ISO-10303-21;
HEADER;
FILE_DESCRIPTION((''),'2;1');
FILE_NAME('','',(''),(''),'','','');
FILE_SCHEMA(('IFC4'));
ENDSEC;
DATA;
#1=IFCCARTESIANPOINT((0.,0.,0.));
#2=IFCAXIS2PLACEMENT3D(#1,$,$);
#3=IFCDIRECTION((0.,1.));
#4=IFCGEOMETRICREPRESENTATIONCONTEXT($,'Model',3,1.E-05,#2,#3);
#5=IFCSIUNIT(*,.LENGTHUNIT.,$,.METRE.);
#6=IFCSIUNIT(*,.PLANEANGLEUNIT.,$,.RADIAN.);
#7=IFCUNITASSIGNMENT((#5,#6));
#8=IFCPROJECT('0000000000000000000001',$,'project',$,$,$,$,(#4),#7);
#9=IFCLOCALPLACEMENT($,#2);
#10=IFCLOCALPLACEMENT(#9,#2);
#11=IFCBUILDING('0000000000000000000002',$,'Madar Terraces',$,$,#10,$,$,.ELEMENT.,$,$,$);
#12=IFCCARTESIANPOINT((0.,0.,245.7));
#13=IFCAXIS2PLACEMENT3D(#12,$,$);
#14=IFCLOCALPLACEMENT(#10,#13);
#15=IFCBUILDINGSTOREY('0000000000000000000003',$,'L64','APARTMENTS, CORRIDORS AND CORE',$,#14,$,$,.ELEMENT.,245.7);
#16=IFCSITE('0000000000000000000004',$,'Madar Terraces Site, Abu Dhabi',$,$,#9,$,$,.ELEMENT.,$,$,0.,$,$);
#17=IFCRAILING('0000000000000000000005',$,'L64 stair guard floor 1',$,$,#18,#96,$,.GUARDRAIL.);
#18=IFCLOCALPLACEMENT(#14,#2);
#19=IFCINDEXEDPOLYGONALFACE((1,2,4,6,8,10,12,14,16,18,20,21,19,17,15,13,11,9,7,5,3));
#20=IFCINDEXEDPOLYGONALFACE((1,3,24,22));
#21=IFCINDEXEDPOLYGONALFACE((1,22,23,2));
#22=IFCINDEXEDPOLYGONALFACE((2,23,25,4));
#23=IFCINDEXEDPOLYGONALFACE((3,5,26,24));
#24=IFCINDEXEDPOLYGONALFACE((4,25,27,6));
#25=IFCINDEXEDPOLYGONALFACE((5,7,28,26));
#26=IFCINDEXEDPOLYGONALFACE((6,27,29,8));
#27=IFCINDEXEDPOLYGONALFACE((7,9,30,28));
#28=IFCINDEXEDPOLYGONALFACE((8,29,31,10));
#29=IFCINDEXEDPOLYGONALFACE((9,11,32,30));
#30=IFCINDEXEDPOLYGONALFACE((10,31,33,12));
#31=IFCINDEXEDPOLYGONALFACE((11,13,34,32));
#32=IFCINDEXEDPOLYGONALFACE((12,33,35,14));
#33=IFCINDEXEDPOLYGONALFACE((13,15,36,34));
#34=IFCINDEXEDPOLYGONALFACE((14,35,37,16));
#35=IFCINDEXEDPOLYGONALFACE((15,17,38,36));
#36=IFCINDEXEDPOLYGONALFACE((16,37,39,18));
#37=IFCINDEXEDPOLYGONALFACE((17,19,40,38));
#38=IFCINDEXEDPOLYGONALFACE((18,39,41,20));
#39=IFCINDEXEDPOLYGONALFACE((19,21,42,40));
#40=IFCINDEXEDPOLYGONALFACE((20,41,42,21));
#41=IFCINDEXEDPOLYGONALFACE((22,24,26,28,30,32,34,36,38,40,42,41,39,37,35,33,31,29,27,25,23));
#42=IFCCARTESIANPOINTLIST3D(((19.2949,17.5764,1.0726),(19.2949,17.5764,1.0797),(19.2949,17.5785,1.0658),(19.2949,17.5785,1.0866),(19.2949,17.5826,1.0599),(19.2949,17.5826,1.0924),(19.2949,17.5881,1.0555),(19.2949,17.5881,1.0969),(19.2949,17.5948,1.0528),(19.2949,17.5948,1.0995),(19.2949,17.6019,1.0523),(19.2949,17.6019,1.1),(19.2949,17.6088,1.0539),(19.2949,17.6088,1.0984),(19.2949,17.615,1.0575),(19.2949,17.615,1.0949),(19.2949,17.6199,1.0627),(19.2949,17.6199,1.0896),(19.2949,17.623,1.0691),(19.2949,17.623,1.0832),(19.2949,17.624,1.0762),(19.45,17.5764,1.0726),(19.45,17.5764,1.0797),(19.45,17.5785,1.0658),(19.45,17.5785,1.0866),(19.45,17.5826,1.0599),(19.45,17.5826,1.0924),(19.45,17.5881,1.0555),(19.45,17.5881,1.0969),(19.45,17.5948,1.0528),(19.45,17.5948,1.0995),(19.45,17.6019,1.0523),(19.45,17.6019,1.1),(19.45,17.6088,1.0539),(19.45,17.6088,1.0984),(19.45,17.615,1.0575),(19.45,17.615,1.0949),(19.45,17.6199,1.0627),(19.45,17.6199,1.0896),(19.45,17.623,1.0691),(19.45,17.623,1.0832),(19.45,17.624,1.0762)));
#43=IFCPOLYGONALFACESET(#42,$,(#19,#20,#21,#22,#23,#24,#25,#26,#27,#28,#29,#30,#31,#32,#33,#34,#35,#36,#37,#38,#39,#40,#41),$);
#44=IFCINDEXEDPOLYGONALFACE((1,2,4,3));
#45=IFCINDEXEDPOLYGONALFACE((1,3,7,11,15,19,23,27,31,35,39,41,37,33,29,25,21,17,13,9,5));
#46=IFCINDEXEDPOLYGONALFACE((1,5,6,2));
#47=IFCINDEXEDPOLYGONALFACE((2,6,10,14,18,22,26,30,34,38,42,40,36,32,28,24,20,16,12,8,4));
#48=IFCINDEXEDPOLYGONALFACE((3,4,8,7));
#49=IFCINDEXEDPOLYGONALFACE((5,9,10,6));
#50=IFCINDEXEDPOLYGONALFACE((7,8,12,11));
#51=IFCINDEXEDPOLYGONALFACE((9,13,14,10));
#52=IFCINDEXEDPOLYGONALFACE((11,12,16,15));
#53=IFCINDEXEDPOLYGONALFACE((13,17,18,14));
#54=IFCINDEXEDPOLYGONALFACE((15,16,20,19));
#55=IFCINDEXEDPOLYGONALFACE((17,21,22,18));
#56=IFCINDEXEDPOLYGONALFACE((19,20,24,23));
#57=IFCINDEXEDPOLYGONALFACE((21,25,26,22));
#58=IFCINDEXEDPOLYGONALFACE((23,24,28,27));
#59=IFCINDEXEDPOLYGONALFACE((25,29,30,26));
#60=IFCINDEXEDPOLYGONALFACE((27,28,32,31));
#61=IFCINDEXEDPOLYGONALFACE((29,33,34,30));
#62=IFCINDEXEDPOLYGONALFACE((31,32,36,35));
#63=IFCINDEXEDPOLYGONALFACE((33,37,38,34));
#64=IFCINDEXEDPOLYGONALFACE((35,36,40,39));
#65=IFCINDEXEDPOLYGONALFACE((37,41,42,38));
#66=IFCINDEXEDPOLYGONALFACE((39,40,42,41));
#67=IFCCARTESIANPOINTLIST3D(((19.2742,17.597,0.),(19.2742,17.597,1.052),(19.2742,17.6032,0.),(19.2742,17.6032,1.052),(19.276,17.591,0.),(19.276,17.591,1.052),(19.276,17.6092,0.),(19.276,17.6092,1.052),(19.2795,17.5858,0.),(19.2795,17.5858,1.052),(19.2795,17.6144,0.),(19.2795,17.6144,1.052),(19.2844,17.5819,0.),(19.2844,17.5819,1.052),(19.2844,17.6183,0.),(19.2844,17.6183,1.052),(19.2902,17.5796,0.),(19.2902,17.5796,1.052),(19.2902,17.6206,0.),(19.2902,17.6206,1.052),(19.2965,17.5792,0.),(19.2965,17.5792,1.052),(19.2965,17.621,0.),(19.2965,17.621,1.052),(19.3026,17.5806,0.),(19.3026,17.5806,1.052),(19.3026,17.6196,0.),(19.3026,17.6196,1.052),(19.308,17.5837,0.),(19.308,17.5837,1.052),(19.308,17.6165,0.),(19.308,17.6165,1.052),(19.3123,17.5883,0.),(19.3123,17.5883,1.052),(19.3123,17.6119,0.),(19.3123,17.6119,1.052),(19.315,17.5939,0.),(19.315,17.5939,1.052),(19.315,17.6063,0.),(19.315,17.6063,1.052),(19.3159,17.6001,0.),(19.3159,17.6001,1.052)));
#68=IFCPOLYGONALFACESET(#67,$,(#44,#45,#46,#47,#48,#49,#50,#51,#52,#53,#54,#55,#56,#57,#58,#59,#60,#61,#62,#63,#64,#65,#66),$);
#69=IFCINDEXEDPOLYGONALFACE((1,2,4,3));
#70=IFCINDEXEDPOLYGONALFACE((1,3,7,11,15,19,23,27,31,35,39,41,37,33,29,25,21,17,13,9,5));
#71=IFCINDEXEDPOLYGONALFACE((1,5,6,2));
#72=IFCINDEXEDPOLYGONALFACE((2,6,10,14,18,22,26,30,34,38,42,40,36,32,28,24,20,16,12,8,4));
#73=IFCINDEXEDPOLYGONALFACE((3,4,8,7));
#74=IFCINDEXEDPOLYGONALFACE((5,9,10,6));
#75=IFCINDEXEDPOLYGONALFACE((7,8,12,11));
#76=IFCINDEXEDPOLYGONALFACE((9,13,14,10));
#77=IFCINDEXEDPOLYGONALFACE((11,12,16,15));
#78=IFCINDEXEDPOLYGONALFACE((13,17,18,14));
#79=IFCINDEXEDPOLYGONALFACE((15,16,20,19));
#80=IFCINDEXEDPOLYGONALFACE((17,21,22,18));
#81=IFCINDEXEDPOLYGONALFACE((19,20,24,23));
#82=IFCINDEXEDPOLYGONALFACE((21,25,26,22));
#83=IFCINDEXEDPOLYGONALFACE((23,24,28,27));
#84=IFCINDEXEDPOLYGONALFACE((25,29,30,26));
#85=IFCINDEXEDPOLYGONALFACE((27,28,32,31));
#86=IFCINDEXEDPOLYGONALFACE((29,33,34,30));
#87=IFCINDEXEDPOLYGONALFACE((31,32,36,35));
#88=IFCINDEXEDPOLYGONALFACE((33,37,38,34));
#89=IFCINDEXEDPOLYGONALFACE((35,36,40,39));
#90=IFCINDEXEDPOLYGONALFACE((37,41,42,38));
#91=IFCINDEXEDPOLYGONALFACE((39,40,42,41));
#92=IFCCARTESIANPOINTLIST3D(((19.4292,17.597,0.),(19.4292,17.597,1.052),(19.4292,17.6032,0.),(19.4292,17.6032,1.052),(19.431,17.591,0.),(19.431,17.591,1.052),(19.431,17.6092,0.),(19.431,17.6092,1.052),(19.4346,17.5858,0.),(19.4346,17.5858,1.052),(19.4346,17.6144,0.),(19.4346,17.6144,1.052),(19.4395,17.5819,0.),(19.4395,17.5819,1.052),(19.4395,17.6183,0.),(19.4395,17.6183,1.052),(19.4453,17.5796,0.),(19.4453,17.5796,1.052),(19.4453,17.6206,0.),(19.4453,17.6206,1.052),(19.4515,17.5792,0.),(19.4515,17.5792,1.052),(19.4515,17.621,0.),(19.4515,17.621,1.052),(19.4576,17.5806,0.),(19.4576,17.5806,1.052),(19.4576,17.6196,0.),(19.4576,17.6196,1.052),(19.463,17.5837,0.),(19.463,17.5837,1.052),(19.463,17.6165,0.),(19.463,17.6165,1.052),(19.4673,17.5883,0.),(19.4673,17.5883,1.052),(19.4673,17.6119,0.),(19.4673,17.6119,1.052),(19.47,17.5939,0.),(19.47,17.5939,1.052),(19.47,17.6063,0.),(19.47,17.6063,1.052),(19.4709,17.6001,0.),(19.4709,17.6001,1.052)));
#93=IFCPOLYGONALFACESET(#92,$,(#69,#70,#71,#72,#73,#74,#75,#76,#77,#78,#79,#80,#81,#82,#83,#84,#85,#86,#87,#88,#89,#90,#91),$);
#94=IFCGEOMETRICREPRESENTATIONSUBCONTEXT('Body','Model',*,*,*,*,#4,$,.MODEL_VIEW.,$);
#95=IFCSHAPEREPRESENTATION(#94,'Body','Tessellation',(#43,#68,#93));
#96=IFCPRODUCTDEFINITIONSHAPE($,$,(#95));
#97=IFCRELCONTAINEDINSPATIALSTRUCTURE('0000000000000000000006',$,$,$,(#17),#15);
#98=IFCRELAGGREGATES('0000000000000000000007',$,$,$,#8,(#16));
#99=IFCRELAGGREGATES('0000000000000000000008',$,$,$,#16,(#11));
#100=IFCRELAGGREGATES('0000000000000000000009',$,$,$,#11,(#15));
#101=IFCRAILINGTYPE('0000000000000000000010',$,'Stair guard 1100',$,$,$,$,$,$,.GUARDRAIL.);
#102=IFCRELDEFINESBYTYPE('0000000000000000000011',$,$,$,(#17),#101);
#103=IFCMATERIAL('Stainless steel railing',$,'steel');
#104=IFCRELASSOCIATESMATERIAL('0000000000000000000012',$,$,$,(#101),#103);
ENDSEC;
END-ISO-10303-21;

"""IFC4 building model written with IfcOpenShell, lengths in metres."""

from ifc_helpers import new_model, si_unit, direction, frame, origin, origin_2d, place, context, subcontext, project, spatial, circle, extrude, material, type_object, element, save


model = new_model("IFC4")

# Units and contexts
model_context = context("Model", 3, precision=1e-05, world=origin(), true_north=direction((0.0, 1.0)))
body_context = subcontext(model_context, "Body", "Model", "MODEL_VIEW")
ifc_project = project(units=[si_unit("LENGTHUNIT", "METRE"), si_unit("PLANEANGLEUNIT", "RADIAN")], contexts=[model_context])

# Site, building, storey
site_placement = place(None, origin())
site = spatial("IfcSite", under=ifc_project, at=site_placement, Name="Madar Terraces Site, Abu Dhabi", CompositionType="ELEMENT", RefElevation=0.0)
building_placement = place(site_placement, origin())
building = spatial("IfcBuilding", under=site, at=building_placement, Name="Madar Terraces", CompositionType="ELEMENT")
storey_placement = place(building_placement, frame((0.0, 0.0, 245.7)))
storey = spatial("IfcBuildingStorey", under=building, at=storey_placement, Name="L64", Description="APARTMENTS, CORRIDORS AND CORE", CompositionType="ELEMENT", Elevation=245.7)

# Railing
ifc_material_1 = material(Name="Stainless steel railing", Category="steel")
railing_type_1 = type_object("IfcRailingType", Name="Stair guard 1100", PredefinedType="GUARDRAIL", material=ifc_material_1)
for number, where, name in (
    (1, (19.2949, 17.6001, 0.0), "L64 stair guard floor 1"),
):
    element("IfcRailing", number, at=place(storey_placement, frame(where)), inside=storey, type_object=railing_type_1, Name=name, PredefinedType="GUARDRAIL", context=body_context, shape_type="SweptSolid", body=[
        extrude(circle(Radius=0.0239, at=origin_2d()), frame((0.0, 0.0, 1.0762), z_axis=(1.0, 0.0, 0.0), x_axis=(0.0, 1.0, 0.0)), (0.0, 0.0, 1.0), 0.155),
        extrude(circle(Radius=0.021, at=origin_2d()), origin(), (0.0, 0.0, 1.0), 1.052),
        extrude(circle(Radius=0.021, at=origin_2d()), frame((0.155, 0.0, 0.0)), (0.0, 0.0, 1.0), 1.052),
    ])

save(model, "model.ifc")
